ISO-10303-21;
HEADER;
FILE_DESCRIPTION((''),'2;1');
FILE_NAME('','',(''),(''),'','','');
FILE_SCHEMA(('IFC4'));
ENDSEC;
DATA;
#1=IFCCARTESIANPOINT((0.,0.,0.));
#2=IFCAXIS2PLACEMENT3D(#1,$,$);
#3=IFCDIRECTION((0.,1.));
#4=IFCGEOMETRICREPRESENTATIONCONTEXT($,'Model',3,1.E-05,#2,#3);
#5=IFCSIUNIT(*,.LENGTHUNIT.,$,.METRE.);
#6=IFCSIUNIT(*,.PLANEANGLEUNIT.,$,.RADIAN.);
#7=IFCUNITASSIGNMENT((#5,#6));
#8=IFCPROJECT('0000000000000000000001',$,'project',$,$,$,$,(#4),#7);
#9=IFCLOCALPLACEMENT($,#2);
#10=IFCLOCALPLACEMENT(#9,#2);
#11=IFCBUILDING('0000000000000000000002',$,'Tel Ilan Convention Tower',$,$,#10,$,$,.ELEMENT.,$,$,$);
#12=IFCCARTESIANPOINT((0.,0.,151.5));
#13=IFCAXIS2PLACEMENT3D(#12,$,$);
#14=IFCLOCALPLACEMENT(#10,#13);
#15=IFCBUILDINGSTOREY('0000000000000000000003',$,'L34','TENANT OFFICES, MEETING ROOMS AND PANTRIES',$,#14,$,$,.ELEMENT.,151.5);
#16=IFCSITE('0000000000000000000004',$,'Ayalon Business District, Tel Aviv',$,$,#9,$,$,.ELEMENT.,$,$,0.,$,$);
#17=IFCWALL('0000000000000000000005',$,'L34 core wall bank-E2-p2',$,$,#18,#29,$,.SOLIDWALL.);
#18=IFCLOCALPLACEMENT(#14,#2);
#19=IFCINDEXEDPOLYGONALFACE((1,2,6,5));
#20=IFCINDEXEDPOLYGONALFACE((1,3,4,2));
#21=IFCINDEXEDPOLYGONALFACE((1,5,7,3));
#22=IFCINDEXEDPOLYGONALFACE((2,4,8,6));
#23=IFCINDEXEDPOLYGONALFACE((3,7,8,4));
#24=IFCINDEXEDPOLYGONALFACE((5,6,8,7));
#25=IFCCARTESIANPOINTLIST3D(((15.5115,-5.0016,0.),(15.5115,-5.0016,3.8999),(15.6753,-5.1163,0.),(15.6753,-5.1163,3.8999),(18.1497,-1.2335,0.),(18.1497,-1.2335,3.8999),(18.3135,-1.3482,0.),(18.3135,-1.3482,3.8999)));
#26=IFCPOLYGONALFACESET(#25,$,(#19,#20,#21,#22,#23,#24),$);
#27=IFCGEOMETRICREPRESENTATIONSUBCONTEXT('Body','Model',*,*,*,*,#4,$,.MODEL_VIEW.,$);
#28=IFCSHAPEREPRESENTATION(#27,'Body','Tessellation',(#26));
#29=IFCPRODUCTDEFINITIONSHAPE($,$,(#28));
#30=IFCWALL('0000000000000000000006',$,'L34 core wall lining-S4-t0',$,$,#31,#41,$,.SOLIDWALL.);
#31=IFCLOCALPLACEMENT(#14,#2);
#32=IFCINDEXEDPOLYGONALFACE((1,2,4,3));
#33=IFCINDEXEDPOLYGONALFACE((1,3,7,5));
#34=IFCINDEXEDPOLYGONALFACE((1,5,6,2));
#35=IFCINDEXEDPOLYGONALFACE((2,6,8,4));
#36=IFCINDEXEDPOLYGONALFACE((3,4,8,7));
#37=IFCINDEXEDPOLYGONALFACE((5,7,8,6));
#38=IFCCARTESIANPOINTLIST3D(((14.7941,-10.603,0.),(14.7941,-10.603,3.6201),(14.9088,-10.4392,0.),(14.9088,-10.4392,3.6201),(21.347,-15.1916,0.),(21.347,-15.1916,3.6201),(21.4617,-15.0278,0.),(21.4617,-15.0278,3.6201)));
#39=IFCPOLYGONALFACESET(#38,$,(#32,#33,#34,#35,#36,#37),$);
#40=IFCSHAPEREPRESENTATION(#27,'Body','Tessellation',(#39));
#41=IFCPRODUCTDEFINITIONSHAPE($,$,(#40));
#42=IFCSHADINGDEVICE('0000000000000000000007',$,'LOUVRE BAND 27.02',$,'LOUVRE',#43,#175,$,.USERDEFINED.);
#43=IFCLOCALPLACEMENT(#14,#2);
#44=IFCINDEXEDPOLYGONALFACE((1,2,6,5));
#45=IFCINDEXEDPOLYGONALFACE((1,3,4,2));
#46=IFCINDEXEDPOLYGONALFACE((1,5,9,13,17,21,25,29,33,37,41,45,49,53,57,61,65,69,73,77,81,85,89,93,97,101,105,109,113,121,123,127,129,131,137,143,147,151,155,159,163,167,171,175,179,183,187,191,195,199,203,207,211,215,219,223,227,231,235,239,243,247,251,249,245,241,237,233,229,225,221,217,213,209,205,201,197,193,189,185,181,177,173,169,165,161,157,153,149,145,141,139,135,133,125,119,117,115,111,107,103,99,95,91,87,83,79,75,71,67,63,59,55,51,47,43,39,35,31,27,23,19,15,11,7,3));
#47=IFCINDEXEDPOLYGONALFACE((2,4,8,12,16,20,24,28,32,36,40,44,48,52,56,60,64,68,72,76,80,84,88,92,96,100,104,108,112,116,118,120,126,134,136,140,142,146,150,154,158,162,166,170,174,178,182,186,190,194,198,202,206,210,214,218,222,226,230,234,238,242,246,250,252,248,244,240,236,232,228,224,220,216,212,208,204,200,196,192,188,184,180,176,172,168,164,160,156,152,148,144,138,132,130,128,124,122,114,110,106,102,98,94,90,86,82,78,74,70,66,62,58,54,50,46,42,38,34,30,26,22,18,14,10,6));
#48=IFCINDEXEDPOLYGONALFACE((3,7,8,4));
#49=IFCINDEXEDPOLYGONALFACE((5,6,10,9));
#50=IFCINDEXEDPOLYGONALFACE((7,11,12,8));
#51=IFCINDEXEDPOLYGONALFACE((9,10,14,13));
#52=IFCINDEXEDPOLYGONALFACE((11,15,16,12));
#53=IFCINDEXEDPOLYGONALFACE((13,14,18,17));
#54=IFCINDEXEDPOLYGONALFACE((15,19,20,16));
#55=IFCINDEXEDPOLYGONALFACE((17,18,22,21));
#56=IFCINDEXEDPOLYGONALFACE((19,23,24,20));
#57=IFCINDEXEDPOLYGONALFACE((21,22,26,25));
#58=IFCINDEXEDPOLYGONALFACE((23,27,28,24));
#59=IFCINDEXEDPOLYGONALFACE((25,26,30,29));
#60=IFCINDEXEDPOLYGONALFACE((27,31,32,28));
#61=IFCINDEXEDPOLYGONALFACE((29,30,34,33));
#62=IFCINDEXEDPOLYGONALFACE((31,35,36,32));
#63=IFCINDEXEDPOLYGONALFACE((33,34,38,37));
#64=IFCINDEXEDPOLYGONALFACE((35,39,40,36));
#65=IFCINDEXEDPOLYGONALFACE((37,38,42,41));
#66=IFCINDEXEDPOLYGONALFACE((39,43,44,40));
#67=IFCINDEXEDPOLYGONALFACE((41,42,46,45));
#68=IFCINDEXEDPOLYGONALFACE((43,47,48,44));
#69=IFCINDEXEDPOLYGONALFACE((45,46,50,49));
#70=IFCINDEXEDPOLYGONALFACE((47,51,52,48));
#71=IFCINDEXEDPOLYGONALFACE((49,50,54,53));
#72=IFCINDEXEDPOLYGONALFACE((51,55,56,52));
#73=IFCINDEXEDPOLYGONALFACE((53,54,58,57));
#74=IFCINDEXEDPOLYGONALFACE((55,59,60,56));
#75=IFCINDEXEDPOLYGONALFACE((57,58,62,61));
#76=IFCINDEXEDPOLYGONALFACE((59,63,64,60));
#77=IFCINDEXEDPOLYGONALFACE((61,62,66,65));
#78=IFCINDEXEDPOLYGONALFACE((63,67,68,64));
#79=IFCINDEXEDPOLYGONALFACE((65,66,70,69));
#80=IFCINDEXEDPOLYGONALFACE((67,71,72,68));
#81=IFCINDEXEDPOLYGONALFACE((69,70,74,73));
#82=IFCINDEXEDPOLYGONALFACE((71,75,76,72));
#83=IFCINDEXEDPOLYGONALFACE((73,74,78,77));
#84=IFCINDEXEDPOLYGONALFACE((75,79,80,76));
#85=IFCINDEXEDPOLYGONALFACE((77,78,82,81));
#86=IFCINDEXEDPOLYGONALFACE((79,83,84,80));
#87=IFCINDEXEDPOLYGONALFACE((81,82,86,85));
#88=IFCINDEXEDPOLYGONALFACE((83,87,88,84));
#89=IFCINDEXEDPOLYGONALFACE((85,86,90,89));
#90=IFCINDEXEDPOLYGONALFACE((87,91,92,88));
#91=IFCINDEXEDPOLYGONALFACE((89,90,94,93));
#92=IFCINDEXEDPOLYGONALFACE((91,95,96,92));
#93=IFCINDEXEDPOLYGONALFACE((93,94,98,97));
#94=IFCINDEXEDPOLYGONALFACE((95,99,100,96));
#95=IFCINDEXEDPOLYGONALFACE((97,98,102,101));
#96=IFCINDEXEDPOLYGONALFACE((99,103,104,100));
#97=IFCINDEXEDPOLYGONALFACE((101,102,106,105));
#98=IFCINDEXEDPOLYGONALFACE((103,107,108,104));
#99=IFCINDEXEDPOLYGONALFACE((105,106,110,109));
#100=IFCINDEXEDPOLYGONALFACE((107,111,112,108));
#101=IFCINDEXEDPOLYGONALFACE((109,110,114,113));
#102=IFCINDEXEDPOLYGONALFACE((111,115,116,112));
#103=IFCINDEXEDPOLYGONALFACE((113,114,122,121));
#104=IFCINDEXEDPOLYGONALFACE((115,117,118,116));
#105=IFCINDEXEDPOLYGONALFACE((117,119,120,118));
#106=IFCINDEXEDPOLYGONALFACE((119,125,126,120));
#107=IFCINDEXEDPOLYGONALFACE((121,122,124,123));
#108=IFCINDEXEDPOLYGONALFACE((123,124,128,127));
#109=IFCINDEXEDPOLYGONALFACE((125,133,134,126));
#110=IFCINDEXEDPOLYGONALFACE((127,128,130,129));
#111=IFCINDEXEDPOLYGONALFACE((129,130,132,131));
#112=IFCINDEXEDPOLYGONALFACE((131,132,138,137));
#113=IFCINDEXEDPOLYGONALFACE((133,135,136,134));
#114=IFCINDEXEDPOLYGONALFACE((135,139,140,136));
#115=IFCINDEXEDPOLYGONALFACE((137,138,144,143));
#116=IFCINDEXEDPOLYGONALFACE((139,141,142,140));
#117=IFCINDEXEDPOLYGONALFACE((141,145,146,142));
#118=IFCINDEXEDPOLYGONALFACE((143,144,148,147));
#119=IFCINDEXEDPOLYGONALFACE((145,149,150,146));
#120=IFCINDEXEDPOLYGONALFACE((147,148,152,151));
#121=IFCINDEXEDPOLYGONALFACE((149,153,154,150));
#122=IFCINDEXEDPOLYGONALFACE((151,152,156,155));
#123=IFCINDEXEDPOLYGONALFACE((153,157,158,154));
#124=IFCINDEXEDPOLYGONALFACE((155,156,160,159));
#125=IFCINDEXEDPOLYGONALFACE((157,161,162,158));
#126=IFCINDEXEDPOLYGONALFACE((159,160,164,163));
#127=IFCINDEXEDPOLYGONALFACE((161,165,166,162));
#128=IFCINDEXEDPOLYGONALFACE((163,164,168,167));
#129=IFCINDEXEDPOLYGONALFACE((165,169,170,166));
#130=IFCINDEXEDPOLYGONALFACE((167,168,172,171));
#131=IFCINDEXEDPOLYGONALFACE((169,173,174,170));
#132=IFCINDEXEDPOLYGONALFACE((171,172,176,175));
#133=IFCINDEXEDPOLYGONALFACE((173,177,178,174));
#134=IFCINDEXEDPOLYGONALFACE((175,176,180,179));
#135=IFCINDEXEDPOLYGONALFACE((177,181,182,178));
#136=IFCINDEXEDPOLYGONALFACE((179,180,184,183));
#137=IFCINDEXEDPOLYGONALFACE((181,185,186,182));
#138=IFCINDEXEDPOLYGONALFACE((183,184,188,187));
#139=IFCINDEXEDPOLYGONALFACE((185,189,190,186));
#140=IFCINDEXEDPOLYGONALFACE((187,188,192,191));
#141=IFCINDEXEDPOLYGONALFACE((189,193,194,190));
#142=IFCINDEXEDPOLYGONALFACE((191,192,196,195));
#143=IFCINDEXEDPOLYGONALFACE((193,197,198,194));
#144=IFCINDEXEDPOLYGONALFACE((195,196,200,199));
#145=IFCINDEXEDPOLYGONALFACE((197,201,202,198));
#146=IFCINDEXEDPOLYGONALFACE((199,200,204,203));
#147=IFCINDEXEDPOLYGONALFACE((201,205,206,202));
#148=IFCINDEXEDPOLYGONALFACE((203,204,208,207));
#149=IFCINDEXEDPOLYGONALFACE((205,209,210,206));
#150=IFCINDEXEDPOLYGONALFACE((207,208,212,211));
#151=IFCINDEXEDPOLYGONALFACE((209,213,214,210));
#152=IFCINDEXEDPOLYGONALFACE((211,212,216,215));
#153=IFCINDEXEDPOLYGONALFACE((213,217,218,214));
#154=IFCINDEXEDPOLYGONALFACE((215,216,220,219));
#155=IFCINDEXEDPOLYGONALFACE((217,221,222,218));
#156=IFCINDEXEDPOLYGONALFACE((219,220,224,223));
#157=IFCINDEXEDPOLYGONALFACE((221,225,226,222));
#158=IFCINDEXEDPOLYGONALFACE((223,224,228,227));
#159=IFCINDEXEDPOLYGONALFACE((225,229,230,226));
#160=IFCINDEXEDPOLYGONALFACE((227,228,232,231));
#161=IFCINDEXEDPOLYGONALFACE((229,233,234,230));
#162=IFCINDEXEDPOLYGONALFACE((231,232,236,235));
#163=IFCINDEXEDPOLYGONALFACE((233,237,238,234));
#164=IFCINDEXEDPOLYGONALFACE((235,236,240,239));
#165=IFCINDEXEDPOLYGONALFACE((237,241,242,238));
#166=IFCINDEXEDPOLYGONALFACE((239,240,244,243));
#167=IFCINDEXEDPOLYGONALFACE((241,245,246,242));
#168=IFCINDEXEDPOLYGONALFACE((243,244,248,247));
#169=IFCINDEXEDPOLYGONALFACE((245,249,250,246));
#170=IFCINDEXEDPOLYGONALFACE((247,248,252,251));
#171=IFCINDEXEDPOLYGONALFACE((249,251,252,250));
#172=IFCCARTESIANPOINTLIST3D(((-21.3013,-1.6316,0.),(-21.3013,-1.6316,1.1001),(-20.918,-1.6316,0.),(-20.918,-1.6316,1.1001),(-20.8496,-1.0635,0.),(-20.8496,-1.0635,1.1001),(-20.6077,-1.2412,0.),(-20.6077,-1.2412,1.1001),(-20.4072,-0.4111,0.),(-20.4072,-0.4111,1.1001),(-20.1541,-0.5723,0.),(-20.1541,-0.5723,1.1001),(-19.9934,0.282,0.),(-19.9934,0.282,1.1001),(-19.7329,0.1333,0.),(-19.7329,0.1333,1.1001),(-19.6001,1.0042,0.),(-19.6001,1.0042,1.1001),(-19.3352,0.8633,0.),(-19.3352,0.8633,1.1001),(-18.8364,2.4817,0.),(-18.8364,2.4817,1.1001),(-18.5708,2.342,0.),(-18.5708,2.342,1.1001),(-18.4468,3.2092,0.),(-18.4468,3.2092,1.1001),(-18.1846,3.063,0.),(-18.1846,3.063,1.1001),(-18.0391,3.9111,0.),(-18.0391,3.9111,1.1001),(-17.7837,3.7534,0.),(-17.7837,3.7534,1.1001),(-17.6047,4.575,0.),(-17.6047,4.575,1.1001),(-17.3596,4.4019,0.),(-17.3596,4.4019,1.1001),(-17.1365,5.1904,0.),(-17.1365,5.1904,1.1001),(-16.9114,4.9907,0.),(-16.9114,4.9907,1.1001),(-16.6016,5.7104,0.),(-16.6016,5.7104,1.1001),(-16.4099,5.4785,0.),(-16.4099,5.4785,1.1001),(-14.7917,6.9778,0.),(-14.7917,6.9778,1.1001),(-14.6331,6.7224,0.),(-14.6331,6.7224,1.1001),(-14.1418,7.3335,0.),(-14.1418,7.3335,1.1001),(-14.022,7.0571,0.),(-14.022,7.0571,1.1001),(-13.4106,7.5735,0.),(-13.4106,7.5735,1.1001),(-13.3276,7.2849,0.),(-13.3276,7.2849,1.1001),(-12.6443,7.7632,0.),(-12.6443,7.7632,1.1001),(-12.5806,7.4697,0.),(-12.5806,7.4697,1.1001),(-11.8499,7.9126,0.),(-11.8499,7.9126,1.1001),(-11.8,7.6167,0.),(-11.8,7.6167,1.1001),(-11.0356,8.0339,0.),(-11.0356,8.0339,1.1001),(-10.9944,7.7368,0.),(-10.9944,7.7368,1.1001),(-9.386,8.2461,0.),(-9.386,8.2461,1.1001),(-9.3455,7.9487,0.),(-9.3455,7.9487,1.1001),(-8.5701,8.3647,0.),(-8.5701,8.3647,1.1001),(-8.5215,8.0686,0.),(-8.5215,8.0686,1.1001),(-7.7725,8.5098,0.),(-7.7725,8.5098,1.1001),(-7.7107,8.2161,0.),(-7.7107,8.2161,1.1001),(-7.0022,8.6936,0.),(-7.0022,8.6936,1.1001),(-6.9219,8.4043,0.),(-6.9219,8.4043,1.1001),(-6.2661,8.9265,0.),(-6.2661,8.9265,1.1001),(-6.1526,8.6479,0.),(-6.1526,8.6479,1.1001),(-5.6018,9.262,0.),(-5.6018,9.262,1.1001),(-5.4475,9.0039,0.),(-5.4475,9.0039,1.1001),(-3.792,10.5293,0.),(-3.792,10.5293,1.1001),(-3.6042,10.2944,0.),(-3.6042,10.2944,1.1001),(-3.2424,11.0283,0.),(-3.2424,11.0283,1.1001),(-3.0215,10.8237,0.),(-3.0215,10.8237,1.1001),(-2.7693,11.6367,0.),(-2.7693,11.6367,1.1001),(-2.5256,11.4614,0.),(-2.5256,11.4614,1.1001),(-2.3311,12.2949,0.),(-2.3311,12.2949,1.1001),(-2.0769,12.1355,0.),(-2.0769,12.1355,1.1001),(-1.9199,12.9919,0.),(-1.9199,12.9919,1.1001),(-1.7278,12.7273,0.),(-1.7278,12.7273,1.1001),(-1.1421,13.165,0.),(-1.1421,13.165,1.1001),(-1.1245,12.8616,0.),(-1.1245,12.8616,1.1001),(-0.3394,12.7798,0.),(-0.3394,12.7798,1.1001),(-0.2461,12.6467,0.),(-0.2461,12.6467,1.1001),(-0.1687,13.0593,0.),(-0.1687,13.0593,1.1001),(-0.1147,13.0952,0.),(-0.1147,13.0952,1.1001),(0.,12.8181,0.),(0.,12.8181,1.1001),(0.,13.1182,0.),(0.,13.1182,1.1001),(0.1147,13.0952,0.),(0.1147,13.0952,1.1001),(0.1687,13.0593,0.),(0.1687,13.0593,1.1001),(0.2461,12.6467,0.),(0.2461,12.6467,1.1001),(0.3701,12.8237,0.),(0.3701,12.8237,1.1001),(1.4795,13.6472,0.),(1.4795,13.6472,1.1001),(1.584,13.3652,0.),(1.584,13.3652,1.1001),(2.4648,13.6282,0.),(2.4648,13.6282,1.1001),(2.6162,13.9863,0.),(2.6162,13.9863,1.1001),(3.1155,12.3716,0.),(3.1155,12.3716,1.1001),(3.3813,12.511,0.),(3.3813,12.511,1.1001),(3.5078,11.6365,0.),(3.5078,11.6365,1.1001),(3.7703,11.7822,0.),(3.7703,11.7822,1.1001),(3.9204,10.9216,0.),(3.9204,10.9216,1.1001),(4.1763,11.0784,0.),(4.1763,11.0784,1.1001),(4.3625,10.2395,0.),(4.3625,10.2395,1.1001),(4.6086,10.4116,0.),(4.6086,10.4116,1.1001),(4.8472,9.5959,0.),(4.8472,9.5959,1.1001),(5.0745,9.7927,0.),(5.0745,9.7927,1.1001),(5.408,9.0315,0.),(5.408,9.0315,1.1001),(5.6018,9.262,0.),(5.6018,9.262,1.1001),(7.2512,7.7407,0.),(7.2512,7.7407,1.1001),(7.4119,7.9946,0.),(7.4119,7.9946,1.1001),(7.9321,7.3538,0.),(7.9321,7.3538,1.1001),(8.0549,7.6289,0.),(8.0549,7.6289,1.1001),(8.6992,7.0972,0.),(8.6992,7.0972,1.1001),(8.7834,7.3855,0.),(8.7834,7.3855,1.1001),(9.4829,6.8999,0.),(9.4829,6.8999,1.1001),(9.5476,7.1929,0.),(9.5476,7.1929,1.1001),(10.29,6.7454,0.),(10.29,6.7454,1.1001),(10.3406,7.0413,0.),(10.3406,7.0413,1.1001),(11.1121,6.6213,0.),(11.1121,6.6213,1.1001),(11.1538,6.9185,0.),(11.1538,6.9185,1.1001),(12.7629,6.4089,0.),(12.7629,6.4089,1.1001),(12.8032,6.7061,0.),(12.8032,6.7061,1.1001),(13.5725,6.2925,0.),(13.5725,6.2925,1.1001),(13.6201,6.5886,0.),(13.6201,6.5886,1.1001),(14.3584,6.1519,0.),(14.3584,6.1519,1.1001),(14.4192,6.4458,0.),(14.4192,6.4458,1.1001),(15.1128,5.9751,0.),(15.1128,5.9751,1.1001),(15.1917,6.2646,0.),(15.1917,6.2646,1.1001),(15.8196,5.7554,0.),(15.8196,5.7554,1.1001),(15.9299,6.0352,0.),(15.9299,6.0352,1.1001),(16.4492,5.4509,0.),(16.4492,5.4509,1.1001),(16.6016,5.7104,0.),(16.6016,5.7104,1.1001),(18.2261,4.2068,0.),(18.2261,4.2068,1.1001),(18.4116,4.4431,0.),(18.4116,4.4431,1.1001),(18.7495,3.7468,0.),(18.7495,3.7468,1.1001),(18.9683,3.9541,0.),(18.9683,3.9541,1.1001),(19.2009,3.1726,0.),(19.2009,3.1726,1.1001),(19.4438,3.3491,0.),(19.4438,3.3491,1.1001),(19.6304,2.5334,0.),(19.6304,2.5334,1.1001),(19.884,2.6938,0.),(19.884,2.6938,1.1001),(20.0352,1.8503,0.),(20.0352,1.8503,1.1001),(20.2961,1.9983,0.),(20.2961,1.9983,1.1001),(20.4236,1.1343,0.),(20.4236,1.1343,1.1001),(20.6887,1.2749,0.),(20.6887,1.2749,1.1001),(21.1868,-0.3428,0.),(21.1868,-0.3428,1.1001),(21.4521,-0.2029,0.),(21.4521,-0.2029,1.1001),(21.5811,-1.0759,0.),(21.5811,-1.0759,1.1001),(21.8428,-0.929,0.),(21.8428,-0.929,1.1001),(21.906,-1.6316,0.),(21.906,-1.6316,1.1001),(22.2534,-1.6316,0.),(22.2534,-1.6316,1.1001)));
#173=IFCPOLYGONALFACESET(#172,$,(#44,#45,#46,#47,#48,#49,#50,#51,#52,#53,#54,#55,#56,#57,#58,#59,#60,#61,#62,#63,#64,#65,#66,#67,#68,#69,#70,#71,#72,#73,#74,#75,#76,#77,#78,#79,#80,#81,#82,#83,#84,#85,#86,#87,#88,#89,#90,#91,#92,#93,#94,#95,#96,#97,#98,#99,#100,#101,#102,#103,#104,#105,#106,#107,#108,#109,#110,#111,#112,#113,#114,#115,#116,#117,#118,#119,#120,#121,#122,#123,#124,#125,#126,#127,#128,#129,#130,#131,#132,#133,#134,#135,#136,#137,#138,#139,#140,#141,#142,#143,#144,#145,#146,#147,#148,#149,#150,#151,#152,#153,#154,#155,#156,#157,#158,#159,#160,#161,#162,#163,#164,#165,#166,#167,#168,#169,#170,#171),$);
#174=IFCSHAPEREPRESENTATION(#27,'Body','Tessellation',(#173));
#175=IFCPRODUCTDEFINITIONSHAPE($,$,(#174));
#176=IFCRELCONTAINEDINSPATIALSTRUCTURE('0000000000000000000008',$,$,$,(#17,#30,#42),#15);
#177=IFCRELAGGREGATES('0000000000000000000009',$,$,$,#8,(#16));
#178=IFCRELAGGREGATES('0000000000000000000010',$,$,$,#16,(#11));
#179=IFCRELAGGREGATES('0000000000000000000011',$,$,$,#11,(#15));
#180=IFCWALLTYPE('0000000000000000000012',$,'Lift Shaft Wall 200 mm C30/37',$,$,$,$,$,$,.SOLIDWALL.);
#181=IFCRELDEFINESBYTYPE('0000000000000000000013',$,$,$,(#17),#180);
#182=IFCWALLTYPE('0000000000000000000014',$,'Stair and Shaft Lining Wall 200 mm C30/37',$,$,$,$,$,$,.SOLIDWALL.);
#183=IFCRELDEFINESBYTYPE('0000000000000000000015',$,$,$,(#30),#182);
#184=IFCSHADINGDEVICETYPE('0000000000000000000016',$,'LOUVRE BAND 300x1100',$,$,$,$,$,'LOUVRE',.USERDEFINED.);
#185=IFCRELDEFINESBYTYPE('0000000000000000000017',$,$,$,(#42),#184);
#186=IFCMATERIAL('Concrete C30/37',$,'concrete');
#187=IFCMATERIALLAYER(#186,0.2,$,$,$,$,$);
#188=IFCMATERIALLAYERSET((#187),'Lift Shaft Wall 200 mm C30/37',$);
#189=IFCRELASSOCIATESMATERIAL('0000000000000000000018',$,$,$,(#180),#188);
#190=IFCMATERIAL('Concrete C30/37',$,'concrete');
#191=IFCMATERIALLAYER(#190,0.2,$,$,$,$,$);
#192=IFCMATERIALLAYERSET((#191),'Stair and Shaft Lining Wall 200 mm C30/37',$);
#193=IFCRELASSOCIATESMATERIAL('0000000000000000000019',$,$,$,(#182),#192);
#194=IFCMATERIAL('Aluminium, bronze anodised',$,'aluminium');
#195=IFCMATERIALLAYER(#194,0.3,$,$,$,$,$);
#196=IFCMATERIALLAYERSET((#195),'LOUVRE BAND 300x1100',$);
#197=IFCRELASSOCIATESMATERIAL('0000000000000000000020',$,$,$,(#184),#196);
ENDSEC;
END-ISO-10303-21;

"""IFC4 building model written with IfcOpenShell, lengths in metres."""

from ifc_helpers import new_model, si_unit, direction, frame, frame_2d, origin, place, context, subcontext, project, spatial, polyline, rectangle, outline, extrude, material, layer, layer_set, type_object, element, save


model = new_model("IFC4")

# Units and contexts
model_context = context("Model", 3, precision=1e-05, world=origin(), true_north=direction((0.0, 1.0)))
body_context = subcontext(model_context, "Body", "Model", "MODEL_VIEW")
ifc_project = project(units=[si_unit("LENGTHUNIT", "METRE"), si_unit("PLANEANGLEUNIT", "RADIAN")], contexts=[model_context])

# Site, building, storey
site_placement = place(None, origin())
site = spatial("IfcSite", under=ifc_project, at=site_placement, Name="Ayalon Business District, Tel Aviv", CompositionType="ELEMENT", RefElevation=0.0)
building_placement = place(site_placement, origin())
building = spatial("IfcBuilding", under=site, at=building_placement, Name="Tel Ilan Convention Tower", CompositionType="ELEMENT")
storey_placement = place(building_placement, frame((0.0, 0.0, 151.5)))
storey = spatial("IfcBuildingStorey", under=building, at=storey_placement, Name="L34", Description="TENANT OFFICES, MEETING ROOMS AND PANTRIES", CompositionType="ELEMENT", Elevation=151.5)

# Walls
ifc_material_1 = material(Name="Concrete C30/37", Category="concrete")
ifc_layer_1 = layer(ifc_material_1, 0.2)
ifc_layer_set_1 = layer_set([ifc_layer_1], Name="Lift Shaft Wall 200 mm C30/37")
wall_type_1 = type_object("IfcWallType", Name="Lift Shaft Wall 200 mm C30/37", PredefinedType="SOLIDWALL", material=ifc_layer_set_1)
for number, where, z_axis, x_axis, name in (
    (1, (15.5935, -5.0588, 0.0), (0.0, 0.0, 1.0), (0.573541, 0.819177, 0.0), "L34 core wall bank-E2-p2"),
):
    element("IfcWall", number, at=place(storey_placement, frame(where, z_axis=z_axis, x_axis=x_axis)), inside=storey, type_object=wall_type_1, Name=name, PredefinedType="SOLIDWALL", context=body_context, shape_type="SweptSolid", body=[
        extrude(rectangle(XDim=4.5999, YDim=0.2, at=frame_2d((2.2998, 0.0))), origin(), (0.0, 0.0, 1.0), 3.8999),
    ])
ifc_material_2 = material(Name="Concrete C30/37", Category="concrete")
ifc_layer_2 = layer(ifc_material_2, 0.2)
ifc_layer_set_2 = layer_set([ifc_layer_2], Name="Stair and Shaft Lining Wall 200 mm C30/37")
wall_type_2 = type_object("IfcWallType", Name="Stair and Shaft Lining Wall 200 mm C30/37", PredefinedType="SOLIDWALL", material=ifc_layer_set_2)
wall_1_placement = place(storey_placement, frame((14.8513, -10.521, 0.0), z_axis=(0.0, 0.0, 1.0), x_axis=(0.819142, -0.573591, 0.0)))
element("IfcWall", 2, at=wall_1_placement, inside=storey, type_object=wall_type_2, Name="L34 core wall lining-S4-t0", PredefinedType="SOLIDWALL", context=body_context, shape_type="SweptSolid", body=[
    extrude(rectangle(XDim=7.9998, YDim=0.2, at=frame_2d((4.0, 0.0))), origin(), (0.0, 0.0, 1.0), 3.6201),
])

# Shading device
ifc_material_3 = material(Name="Aluminium, bronze anodised", Category="aluminium")
ifc_layer_3 = layer(ifc_material_3, 0.3)
ifc_layer_set_3 = layer_set([ifc_layer_3], Name="LOUVRE BAND 300x1100")
shading_device_type = type_object("IfcShadingDeviceType", Name="LOUVRE BAND 300x1100", ElementType="LOUVRE", PredefinedType="USERDEFINED", material=ifc_layer_set_3)
shading_device_1_placement = place(storey_placement, origin())
element("IfcShadingDevice", 3, at=shading_device_1_placement, inside=storey, type_object=shading_device_type, Name="LOUVRE BAND 27.02", ObjectType="LOUVRE", PredefinedType="USERDEFINED", context=body_context, shape_type="SweptSolid", body=[
    extrude(outline(polyline([(-20.8496, -1.0635), (-21.3013, -1.6316), (-20.918, -1.6316), (-20.6077, -1.2412), (-20.1541, -0.5723), (-19.7329, 0.1333), (-19.3352, 0.8633), (-18.5708, 2.342), (-18.1846, 3.063), (-17.7837, 3.7534), (-17.3596, 4.4019), (-16.9114, 4.9907), (-16.4099, 5.4785), (-14.6331, 6.7224), (-14.022, 7.0571), (-13.3276, 7.2849), (-12.5806, 7.4697), (-11.8, 7.6167), (-10.9944, 7.7368), (-9.3455, 7.9487), (-8.5215, 8.0686), (-7.7107, 8.2161), (-6.9219, 8.4043), (-6.1526, 8.6479), (-5.4475, 9.0039), (-3.6042, 10.2944), (-3.0215, 10.8237), (-2.5256, 11.4614), (-2.0769, 12.1355), (-1.7278, 12.7273), (-1.1245, 12.8616), (-0.3394, 12.7798), (-0.2461, 12.6467), (0.0, 12.8181), (0.2461, 12.6467), (0.3701, 12.8237), (1.584, 13.3652), (2.4648, 13.6282), (3.1155, 12.3716), (3.5078, 11.6365), (3.9204, 10.9216), (4.3625, 10.2395), (4.8472, 9.5959), (5.408, 9.0315), (7.2512, 7.7407), (7.9321, 7.3538), (8.6992, 7.0972), (9.4829, 6.8999), (10.29, 6.7454), (11.1121, 6.6213), (12.7629, 6.4089), (13.5725, 6.2925), (14.3584, 6.1519), (15.1128, 5.9751), (15.8196, 5.7554), (16.4492, 5.4509), (18.2261, 4.2068), (18.7495, 3.7468), (19.2009, 3.1726), (19.6304, 2.5334), (20.0352, 1.8503), (20.4236, 1.1343), (21.1868, -0.3428), (21.5811, -1.0759), (21.906, -1.6316), (22.2534, -1.6316), (21.8428, -0.929), (21.4521, -0.2029), (20.6887, 1.2749), (20.2961, 1.9983), (19.884, 2.6938), (19.4438, 3.3491), (18.9683, 3.9541), (18.4116, 4.4431), (16.6016, 5.7104), (15.9299, 6.0352), (15.1917, 6.2646), (14.4192, 6.4458), (13.6201, 6.5886), (12.8032, 6.7061), (11.1538, 6.9185), (10.3406, 7.0413), (9.5476, 7.1929), (8.7834, 7.3855), (8.0549, 7.6289), (7.4119, 7.9946), (5.6018, 9.262), (5.0745, 9.7927), (4.6086, 10.4116), (4.1763, 11.0784), (3.7703, 11.7822), (3.3813, 12.511), (2.6162, 13.9863), (1.4795, 13.6472), (0.1687, 13.0593), (0.1147, 13.0952), (0.0, 13.1182), (-0.1147, 13.0952), (-0.1687, 13.0593), (-1.1421, 13.165), (-1.9199, 12.9919), (-2.3311, 12.2949), (-2.7693, 11.6367), (-3.2424, 11.0283), (-3.792, 10.5293), (-5.6018, 9.262), (-6.2661, 8.9265), (-7.0022, 8.6936), (-7.7725, 8.5098), (-8.5701, 8.3647), (-9.386, 8.2461), (-11.0356, 8.0339), (-11.8499, 7.9126), (-12.6443, 7.7632), (-13.4106, 7.5735), (-14.1418, 7.3335), (-14.7917, 6.9778), (-16.6016, 5.7104), (-17.1365, 5.1904), (-17.6047, 4.575), (-18.0391, 3.9111), (-18.4468, 3.2092), (-18.8364, 2.4817), (-19.6001, 1.0042), (-19.9934, 0.282), (-20.4072, -0.4111), (-20.8496, -1.0635)])), origin(), (0.0, 0.0, 1.0), 1.1001),
])

save(model, "model.ifc")
